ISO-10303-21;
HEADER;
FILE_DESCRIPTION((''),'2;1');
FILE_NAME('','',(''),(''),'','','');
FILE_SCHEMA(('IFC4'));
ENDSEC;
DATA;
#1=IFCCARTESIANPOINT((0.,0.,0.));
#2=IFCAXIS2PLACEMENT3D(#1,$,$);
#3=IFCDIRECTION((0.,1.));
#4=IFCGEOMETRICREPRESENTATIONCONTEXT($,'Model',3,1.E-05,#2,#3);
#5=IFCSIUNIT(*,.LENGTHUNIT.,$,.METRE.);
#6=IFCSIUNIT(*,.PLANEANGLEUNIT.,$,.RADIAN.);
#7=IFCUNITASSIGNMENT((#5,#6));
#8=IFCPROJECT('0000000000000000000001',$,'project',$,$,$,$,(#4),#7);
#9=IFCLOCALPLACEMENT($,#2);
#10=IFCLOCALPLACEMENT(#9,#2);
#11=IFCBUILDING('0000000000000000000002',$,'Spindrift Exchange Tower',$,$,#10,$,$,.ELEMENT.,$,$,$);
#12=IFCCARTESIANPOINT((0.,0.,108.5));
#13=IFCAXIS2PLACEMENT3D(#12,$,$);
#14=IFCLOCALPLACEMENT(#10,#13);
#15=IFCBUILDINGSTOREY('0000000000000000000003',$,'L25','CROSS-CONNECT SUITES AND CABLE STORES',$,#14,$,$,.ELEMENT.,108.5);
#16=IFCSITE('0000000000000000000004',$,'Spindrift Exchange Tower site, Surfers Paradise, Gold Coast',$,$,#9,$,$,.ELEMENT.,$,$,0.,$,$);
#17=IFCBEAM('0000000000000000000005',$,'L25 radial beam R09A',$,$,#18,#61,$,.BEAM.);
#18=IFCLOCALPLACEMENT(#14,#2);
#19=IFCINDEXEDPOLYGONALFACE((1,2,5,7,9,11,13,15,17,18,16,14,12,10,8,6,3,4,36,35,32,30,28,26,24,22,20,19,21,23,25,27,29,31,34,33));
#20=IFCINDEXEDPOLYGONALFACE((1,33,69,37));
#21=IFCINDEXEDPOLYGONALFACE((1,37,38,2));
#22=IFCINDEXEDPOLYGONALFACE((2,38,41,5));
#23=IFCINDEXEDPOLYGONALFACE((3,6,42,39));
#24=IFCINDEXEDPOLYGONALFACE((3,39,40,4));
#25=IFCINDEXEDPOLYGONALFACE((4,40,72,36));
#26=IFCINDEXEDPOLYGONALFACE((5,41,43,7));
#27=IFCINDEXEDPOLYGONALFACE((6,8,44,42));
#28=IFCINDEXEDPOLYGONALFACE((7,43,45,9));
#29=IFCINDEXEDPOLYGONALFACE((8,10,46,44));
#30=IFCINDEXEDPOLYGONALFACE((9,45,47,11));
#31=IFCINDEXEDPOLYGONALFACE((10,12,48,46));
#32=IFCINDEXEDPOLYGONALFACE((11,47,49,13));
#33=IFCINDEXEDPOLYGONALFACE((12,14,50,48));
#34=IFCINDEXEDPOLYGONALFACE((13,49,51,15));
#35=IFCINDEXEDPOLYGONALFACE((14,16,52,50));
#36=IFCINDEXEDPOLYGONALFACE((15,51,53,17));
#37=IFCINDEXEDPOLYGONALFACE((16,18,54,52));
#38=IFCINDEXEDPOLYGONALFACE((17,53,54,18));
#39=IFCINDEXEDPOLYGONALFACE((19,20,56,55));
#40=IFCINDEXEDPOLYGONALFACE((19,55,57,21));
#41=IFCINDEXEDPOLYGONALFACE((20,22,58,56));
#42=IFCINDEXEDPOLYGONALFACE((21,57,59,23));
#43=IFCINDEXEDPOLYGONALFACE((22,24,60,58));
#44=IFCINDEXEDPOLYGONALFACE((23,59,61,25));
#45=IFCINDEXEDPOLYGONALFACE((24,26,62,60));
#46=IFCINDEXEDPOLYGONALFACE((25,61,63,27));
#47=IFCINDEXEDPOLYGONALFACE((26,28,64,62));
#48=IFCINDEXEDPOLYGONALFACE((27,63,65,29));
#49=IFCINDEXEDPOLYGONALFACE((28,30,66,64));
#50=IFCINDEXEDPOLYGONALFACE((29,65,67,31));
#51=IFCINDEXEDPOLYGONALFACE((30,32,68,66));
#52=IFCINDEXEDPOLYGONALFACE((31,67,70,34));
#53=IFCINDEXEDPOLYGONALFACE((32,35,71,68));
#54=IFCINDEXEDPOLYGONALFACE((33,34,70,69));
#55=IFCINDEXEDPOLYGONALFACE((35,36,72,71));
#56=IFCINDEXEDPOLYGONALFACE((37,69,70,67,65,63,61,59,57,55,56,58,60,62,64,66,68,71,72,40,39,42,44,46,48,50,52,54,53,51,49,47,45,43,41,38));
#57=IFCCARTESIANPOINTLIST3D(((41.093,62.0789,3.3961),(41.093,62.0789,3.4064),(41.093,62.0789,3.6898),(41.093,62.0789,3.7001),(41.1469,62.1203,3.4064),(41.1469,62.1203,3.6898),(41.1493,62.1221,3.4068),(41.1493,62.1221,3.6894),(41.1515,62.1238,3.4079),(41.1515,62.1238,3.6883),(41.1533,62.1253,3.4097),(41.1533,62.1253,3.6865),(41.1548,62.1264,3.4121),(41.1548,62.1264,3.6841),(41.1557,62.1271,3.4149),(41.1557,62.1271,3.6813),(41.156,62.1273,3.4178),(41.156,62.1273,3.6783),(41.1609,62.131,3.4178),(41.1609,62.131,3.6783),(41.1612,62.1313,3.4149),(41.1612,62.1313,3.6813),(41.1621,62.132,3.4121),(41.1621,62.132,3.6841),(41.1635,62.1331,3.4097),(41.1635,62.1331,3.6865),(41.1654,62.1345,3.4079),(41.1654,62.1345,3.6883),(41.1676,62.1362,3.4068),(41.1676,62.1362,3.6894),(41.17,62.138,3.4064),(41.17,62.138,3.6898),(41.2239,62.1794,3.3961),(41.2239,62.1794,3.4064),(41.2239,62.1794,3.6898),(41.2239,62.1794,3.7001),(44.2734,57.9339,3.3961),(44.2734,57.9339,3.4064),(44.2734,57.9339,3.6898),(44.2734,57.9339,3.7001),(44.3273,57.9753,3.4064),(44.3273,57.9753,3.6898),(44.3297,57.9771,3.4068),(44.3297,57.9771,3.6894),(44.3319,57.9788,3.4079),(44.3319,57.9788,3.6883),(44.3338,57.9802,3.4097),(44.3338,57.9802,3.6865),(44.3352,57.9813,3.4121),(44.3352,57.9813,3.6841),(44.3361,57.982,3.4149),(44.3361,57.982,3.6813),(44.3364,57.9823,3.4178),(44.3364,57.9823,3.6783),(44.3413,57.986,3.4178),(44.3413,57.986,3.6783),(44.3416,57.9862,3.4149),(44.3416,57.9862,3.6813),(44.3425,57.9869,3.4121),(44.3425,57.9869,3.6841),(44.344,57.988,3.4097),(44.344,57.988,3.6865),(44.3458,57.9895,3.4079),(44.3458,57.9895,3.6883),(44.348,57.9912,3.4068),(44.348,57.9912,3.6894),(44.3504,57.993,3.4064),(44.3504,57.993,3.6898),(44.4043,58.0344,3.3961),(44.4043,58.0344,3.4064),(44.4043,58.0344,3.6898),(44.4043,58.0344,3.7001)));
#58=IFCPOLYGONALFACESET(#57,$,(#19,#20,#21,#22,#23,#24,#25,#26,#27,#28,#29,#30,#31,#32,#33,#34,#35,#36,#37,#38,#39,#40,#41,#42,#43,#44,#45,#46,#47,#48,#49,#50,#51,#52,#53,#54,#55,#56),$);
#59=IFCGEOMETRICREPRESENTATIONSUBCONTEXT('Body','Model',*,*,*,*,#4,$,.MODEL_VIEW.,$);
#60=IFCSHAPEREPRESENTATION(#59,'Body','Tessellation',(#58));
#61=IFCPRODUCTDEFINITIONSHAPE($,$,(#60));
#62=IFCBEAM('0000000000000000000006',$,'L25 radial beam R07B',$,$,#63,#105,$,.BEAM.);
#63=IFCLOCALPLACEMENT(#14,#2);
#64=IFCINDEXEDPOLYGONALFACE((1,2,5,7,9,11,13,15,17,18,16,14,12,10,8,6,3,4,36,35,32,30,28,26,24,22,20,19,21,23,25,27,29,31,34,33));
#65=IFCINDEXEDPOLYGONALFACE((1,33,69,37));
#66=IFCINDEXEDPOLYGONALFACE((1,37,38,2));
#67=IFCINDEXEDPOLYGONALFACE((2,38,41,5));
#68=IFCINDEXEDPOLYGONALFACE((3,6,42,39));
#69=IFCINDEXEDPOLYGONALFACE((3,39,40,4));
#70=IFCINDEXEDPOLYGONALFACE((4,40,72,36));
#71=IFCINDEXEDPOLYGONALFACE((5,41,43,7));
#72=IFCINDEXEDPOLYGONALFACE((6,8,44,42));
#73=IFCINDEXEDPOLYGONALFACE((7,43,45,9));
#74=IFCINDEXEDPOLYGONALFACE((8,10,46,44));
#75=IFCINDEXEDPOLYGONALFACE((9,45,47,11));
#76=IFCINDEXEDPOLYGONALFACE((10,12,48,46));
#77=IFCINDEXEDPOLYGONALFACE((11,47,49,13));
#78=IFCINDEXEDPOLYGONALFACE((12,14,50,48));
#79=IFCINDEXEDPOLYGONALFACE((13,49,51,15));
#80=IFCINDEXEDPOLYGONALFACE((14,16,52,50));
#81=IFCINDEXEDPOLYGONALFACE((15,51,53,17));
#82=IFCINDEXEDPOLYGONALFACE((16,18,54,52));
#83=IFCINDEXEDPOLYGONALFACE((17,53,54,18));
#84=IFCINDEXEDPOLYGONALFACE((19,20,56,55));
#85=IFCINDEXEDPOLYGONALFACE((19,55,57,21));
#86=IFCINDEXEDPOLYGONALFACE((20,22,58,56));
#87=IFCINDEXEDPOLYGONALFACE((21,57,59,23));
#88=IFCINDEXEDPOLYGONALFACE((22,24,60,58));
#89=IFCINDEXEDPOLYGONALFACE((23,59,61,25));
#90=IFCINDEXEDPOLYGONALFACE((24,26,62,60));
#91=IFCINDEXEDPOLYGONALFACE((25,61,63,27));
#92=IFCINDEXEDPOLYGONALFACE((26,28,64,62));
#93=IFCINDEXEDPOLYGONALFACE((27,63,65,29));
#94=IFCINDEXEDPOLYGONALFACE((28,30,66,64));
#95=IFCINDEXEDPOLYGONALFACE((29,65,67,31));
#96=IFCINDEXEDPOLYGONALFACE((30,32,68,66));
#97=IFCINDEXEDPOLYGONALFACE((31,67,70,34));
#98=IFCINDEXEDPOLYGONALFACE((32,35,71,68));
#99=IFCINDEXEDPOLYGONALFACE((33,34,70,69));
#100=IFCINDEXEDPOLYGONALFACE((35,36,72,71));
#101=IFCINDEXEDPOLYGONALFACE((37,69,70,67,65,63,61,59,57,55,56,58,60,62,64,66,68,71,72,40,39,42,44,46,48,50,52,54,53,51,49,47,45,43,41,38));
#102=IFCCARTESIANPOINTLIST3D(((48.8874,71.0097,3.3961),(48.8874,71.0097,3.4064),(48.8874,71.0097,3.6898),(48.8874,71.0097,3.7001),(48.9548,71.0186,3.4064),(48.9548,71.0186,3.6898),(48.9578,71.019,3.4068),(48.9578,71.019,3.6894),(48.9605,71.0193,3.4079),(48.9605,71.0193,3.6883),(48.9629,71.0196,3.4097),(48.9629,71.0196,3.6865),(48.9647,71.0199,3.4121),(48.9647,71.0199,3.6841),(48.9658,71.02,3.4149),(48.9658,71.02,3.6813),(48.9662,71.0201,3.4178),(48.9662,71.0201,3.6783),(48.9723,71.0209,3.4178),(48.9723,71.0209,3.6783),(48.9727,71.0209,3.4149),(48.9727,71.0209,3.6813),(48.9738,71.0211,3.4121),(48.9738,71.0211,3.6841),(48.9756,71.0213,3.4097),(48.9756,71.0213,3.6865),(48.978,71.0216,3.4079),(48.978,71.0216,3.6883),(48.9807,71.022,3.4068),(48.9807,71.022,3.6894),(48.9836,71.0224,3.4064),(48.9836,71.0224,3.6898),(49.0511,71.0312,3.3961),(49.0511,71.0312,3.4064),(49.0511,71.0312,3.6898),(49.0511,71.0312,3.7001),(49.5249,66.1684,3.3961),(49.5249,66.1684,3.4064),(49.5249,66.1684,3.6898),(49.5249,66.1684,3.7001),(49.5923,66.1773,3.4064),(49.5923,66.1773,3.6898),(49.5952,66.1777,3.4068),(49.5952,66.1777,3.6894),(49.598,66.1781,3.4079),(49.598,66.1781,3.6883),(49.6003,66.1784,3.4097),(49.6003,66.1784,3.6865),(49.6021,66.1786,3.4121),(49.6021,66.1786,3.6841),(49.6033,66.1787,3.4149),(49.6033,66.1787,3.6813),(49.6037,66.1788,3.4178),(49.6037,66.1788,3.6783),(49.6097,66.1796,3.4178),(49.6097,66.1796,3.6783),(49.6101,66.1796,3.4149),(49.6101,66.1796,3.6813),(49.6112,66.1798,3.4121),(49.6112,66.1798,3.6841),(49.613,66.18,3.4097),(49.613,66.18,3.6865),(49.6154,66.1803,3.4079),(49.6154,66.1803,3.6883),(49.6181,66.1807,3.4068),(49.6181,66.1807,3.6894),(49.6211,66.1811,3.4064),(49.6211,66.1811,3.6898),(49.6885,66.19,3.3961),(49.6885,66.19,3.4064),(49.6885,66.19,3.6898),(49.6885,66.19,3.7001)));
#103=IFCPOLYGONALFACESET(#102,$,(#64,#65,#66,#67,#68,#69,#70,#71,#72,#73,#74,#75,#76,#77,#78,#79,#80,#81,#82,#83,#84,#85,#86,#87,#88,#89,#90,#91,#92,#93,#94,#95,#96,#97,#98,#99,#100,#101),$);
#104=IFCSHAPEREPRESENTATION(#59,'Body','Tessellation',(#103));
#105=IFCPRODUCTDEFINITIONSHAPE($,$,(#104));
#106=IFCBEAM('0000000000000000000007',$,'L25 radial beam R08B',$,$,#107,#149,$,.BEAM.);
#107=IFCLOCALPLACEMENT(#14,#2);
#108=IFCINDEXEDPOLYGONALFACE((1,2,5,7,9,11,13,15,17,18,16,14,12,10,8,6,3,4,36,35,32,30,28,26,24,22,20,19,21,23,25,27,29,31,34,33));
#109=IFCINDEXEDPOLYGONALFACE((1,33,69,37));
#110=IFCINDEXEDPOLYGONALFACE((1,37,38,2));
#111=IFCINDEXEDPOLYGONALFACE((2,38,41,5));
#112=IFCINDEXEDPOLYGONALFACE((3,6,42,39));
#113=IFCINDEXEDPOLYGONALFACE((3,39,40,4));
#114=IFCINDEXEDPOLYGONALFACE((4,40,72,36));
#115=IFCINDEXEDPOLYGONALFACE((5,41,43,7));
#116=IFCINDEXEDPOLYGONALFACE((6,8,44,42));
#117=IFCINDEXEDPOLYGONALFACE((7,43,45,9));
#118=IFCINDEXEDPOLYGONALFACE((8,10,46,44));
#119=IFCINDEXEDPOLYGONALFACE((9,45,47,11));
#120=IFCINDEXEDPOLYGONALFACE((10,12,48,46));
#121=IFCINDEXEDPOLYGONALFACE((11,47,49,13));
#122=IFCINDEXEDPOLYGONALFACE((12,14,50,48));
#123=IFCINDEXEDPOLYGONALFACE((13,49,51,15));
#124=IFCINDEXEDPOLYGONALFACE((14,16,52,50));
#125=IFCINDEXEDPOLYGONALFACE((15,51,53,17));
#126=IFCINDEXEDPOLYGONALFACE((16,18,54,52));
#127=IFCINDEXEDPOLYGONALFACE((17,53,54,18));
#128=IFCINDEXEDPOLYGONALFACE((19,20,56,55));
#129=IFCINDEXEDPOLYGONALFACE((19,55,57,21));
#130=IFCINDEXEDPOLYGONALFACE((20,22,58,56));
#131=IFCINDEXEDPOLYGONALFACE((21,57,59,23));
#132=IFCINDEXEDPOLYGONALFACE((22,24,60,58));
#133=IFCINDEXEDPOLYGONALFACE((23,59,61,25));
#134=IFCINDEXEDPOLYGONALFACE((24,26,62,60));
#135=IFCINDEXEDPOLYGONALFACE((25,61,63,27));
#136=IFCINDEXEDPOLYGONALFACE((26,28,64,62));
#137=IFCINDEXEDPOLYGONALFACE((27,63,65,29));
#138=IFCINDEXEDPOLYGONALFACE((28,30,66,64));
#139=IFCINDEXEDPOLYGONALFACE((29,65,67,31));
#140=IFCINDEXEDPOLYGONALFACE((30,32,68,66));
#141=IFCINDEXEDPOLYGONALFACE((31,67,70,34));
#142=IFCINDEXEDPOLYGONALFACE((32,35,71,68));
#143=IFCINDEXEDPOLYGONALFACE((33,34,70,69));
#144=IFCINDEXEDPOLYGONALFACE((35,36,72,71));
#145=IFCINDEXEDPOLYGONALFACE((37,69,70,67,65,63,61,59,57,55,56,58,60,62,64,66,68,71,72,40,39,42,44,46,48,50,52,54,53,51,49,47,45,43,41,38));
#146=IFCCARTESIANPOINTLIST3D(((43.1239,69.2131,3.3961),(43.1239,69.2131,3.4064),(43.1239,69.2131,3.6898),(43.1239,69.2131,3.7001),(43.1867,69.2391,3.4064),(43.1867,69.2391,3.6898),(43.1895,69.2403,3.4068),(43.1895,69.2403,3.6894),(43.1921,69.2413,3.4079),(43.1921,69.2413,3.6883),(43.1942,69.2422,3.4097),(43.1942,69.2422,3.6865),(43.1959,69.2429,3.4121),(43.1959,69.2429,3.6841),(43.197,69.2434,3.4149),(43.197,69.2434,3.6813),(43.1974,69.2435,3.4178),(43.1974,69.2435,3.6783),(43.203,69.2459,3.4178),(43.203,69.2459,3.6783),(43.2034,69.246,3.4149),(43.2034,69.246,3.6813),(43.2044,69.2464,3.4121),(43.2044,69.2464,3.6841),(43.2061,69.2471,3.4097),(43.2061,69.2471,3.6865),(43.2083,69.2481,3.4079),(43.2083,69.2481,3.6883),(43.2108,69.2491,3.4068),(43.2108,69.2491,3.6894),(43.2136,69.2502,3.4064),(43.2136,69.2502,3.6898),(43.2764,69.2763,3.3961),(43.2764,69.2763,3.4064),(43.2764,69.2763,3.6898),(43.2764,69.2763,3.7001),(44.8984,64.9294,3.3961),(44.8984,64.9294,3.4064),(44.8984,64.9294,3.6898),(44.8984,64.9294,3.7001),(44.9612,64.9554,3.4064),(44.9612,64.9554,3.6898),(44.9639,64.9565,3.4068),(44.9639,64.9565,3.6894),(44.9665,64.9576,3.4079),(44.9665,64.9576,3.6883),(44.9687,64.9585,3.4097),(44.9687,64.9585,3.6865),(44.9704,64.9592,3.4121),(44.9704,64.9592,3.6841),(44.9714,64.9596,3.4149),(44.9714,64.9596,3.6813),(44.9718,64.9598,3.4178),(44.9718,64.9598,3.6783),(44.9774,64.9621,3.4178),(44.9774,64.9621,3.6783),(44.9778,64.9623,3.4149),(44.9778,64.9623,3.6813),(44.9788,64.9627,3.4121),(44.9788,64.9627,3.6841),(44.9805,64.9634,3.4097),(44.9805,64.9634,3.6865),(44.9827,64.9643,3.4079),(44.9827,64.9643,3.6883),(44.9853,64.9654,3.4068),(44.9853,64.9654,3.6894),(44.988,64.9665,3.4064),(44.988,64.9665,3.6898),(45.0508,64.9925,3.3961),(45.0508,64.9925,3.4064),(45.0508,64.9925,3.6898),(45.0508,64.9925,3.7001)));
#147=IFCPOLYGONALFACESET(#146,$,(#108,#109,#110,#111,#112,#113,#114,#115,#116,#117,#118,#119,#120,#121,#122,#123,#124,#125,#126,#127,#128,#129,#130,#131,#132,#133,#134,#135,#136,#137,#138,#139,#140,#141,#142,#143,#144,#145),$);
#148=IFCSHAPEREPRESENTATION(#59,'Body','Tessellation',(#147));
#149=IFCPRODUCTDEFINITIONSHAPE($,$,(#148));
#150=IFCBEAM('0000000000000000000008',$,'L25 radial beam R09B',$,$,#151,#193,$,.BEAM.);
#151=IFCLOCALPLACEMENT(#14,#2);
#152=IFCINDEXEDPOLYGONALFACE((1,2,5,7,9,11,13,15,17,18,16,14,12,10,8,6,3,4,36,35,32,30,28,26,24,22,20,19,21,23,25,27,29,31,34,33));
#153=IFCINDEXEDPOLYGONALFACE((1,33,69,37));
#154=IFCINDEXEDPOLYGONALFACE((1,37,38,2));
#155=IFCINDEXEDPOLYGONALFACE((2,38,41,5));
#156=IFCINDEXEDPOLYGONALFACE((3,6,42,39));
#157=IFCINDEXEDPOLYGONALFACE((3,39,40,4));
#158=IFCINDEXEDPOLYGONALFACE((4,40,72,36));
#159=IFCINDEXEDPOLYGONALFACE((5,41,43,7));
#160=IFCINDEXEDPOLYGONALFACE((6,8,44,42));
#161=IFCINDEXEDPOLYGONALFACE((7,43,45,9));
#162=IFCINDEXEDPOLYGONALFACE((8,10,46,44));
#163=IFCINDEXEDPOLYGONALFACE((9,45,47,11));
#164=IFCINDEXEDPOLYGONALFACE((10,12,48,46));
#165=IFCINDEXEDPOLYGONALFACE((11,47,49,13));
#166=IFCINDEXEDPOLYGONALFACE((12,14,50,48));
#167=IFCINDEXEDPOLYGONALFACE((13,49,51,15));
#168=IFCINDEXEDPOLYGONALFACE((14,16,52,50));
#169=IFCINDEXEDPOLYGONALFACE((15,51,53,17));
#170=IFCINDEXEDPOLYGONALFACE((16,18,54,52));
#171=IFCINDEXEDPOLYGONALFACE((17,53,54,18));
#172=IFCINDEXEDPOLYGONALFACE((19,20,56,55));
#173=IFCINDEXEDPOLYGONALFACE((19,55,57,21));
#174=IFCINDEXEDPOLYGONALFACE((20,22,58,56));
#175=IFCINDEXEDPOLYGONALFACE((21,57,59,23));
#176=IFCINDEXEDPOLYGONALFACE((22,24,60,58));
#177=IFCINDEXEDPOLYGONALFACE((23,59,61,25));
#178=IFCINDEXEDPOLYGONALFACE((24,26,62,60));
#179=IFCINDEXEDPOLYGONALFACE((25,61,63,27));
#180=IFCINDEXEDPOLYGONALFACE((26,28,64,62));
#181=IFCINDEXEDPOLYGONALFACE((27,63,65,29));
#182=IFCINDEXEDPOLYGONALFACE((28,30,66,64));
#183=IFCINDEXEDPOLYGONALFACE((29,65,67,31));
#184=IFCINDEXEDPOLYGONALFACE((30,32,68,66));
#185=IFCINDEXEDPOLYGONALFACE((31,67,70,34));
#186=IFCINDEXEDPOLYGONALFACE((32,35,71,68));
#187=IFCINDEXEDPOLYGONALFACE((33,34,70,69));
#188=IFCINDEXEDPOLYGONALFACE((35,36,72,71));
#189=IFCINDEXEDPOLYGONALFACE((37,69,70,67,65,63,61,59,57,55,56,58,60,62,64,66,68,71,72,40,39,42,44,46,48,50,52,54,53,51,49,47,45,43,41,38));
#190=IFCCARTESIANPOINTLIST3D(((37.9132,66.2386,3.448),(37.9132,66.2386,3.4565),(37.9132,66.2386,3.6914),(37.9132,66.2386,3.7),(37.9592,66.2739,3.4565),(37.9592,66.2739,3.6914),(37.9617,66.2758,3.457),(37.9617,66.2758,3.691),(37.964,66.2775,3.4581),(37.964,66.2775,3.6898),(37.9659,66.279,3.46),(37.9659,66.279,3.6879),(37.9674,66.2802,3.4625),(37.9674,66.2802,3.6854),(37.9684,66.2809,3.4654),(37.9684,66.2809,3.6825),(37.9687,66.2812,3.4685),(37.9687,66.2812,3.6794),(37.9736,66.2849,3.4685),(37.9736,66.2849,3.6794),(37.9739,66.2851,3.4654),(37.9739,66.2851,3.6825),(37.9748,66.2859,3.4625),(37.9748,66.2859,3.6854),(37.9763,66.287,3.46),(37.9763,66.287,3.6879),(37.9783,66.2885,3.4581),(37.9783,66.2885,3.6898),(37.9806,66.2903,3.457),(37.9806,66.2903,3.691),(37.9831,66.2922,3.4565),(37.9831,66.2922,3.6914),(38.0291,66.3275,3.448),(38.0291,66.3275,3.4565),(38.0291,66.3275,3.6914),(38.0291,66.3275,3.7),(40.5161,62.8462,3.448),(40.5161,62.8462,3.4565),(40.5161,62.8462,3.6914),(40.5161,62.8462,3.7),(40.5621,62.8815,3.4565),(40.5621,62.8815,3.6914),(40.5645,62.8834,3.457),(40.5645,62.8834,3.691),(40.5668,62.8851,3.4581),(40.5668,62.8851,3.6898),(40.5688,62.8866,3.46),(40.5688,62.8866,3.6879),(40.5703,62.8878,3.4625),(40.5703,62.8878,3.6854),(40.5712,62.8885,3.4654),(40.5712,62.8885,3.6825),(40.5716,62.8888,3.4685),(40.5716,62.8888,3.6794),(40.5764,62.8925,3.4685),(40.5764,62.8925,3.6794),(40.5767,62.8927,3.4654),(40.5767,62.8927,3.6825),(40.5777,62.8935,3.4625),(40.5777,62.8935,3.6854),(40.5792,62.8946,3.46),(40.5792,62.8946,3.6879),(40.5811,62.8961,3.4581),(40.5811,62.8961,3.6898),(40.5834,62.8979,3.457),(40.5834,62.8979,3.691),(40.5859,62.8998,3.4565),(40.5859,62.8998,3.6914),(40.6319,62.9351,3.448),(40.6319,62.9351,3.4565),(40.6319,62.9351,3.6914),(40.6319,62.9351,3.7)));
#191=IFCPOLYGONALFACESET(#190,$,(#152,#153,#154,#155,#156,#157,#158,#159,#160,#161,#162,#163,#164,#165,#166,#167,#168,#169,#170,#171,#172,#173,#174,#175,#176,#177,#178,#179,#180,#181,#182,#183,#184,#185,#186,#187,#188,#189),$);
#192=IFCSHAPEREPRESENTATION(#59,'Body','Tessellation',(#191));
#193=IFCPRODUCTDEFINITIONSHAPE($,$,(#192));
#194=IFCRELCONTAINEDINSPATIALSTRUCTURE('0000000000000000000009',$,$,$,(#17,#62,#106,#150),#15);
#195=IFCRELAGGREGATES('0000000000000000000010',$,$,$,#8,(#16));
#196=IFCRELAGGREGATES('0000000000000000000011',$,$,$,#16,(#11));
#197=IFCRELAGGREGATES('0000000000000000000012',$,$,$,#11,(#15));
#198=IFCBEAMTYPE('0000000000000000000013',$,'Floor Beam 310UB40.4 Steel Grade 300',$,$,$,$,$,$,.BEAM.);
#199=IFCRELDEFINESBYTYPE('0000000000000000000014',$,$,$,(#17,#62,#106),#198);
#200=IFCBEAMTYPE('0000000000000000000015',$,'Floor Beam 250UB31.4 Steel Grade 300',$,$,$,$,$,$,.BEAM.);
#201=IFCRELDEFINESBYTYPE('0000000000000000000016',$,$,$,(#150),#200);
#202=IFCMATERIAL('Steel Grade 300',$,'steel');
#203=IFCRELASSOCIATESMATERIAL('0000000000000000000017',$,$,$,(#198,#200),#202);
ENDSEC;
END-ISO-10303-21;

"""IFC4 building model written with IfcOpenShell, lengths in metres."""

from ifc_helpers import new_model, si_unit, direction, frame, origin, origin_2d, place, context, subcontext, project, spatial, i_section, extrude, source, transform, mapped, material, material_profile, profile_set, type_object, element, save


model = new_model("IFC4")

# Units and contexts
model_context = context("Model", 3, precision=1e-05, world=origin(), true_north=direction((0.0, 1.0)))
body_context = subcontext(model_context, "Body", "Model", "MODEL_VIEW")
ifc_project = project(units=[si_unit("LENGTHUNIT", "METRE"), si_unit("PLANEANGLEUNIT", "RADIAN")], contexts=[model_context])

# Site, building, storey
site_placement = place(None, origin())
site = spatial("IfcSite", under=ifc_project, at=site_placement, Name="Spindrift Exchange Tower site, Surfers Paradise, Gold Coast", CompositionType="ELEMENT", RefElevation=0.0)
building_placement = place(site_placement, origin())
building = spatial("IfcBuilding", under=site, at=building_placement, Name="Spindrift Exchange Tower", CompositionType="ELEMENT")
storey_placement = place(building_placement, frame((0.0, 0.0, 108.5)))
storey = spatial("IfcBuildingStorey", under=building, at=storey_placement, Name="L25", Description="CROSS-CONNECT SUITES AND CABLE STORES", CompositionType="ELEMENT", Elevation=108.5)

# Beams
ifc_material_1 = material(Name="Steel Grade 300", Category="steel")
ifc_material_profile_1 = material_profile(ifc_material_1, i_section(OverallWidth=0.165, OverallDepth=0.304, WebThickness=0.0061, FlangeThickness=0.0103, FilletRadius=0.0115, at=origin_2d()), Name="310UB40.4")
ifc_profile_set_1 = profile_set([ifc_material_profile_1], Name="Steel Grade 300")
beam_type_1 = type_object("IfcBeamType", Name="Floor Beam 310UB40.4 Steel Grade 300", PredefinedType="BEAM", material=ifc_profile_set_1)
shared_shape_1 = source(origin(), body_context, "Body", "SweptSolid", [
    extrude(i_section(OverallWidth=0.165, OverallDepth=0.304, WebThickness=0.0061, FlangeThickness=0.0103, FilletRadius=0.0115, at=origin_2d()), origin(), (0.0, 0.0, 1.0), 5.2246),
])
beam_1_placement = place(storey_placement, frame((44.3389, 57.9841, 3.5481), z_axis=(-0.608741, 0.793369, 0.0), x_axis=(-0.793369, -0.608741, 0.0)))
element("IfcBeam", 1, at=beam_1_placement, inside=storey, type_object=beam_type_1, Name="L25 radial beam R09A", PredefinedType="BEAM", context=body_context, shape_type="MappedRepresentation", body=[
    mapped(shared_shape_1, transform((0.0, 0.0, 0.0), scale=1.0)),
])
shared_shape_2 = source(origin(), body_context, "Body", "SweptSolid", [
    extrude(i_section(OverallWidth=0.165, OverallDepth=0.304, WebThickness=0.0061, FlangeThickness=0.0103, FilletRadius=0.0115, at=origin_2d()), origin(), (0.0, 0.0, 1.0), 4.8831),
])
beam_2_placement = place(storey_placement, frame((49.6067, 66.1792, 3.5481), z_axis=(-0.130542, 0.991443, 0.0), x_axis=(-0.991443, -0.130542, 0.0)))
element("IfcBeam", 2, at=beam_2_placement, inside=storey, type_object=beam_type_1, Name="L25 radial beam R07B", PredefinedType="BEAM", context=body_context, shape_type="MappedRepresentation", body=[
    mapped(shared_shape_2, transform((0.0, 0.0, 0.0), scale=1.0)),
])
shared_shape_3 = source(origin(), body_context, "Body", "SweptSolid", [
    extrude(i_section(OverallWidth=0.165, OverallDepth=0.304, WebThickness=0.0061, FlangeThickness=0.0103, FilletRadius=0.0115, at=origin_2d()), origin(), (0.0, 0.0, 1.0), 4.6367),
])
beam_3_placement = place(storey_placement, frame((44.9746, 64.9609, 3.5481), z_axis=(-0.382693, 0.923876, 0.0), x_axis=(-0.923876, -0.382693, 0.0)))
element("IfcBeam", 3, at=beam_3_placement, inside=storey, type_object=beam_type_1, Name="L25 radial beam R08B", PredefinedType="BEAM", context=body_context, shape_type="MappedRepresentation", body=[
    mapped(shared_shape_3, transform((0.0, 0.0, 0.0), scale=1.0)),
])
ifc_material_profile_2 = material_profile(ifc_material_1, i_section(OverallWidth=0.146, OverallDepth=0.252, WebThickness=0.0061, FlangeThickness=0.0085, FilletRadius=0.012, at=origin_2d()), Name="250UB31.4")
ifc_profile_set_2 = profile_set([ifc_material_profile_2], Name="Steel Grade 300")
beam_type_2 = type_object("IfcBeamType", Name="Floor Beam 250UB31.4 Steel Grade 300", PredefinedType="BEAM", material=ifc_profile_set_2)
shared_shape_4 = source(origin(), body_context, "Body", "SweptSolid", [
    extrude(i_section(OverallWidth=0.146, OverallDepth=0.252, WebThickness=0.0061, FlangeThickness=0.0085, FilletRadius=0.012, at=origin_2d()), origin(), (0.0, 0.0, 1.0), 4.2759),
])
beam_4_placement = place(storey_placement, frame((40.574, 62.8906, 3.574), z_axis=(-0.608725, 0.793381, 0.0), x_axis=(-0.793381, -0.608725, 0.0)))
element("IfcBeam", 4, at=beam_4_placement, inside=storey, type_object=beam_type_2, Name="L25 radial beam R09B", PredefinedType="BEAM", context=body_context, shape_type="MappedRepresentation", body=[
    mapped(shared_shape_4, transform((0.0, 0.0, 0.0), scale=1.0)),
])

save(model, "model.ifc")
